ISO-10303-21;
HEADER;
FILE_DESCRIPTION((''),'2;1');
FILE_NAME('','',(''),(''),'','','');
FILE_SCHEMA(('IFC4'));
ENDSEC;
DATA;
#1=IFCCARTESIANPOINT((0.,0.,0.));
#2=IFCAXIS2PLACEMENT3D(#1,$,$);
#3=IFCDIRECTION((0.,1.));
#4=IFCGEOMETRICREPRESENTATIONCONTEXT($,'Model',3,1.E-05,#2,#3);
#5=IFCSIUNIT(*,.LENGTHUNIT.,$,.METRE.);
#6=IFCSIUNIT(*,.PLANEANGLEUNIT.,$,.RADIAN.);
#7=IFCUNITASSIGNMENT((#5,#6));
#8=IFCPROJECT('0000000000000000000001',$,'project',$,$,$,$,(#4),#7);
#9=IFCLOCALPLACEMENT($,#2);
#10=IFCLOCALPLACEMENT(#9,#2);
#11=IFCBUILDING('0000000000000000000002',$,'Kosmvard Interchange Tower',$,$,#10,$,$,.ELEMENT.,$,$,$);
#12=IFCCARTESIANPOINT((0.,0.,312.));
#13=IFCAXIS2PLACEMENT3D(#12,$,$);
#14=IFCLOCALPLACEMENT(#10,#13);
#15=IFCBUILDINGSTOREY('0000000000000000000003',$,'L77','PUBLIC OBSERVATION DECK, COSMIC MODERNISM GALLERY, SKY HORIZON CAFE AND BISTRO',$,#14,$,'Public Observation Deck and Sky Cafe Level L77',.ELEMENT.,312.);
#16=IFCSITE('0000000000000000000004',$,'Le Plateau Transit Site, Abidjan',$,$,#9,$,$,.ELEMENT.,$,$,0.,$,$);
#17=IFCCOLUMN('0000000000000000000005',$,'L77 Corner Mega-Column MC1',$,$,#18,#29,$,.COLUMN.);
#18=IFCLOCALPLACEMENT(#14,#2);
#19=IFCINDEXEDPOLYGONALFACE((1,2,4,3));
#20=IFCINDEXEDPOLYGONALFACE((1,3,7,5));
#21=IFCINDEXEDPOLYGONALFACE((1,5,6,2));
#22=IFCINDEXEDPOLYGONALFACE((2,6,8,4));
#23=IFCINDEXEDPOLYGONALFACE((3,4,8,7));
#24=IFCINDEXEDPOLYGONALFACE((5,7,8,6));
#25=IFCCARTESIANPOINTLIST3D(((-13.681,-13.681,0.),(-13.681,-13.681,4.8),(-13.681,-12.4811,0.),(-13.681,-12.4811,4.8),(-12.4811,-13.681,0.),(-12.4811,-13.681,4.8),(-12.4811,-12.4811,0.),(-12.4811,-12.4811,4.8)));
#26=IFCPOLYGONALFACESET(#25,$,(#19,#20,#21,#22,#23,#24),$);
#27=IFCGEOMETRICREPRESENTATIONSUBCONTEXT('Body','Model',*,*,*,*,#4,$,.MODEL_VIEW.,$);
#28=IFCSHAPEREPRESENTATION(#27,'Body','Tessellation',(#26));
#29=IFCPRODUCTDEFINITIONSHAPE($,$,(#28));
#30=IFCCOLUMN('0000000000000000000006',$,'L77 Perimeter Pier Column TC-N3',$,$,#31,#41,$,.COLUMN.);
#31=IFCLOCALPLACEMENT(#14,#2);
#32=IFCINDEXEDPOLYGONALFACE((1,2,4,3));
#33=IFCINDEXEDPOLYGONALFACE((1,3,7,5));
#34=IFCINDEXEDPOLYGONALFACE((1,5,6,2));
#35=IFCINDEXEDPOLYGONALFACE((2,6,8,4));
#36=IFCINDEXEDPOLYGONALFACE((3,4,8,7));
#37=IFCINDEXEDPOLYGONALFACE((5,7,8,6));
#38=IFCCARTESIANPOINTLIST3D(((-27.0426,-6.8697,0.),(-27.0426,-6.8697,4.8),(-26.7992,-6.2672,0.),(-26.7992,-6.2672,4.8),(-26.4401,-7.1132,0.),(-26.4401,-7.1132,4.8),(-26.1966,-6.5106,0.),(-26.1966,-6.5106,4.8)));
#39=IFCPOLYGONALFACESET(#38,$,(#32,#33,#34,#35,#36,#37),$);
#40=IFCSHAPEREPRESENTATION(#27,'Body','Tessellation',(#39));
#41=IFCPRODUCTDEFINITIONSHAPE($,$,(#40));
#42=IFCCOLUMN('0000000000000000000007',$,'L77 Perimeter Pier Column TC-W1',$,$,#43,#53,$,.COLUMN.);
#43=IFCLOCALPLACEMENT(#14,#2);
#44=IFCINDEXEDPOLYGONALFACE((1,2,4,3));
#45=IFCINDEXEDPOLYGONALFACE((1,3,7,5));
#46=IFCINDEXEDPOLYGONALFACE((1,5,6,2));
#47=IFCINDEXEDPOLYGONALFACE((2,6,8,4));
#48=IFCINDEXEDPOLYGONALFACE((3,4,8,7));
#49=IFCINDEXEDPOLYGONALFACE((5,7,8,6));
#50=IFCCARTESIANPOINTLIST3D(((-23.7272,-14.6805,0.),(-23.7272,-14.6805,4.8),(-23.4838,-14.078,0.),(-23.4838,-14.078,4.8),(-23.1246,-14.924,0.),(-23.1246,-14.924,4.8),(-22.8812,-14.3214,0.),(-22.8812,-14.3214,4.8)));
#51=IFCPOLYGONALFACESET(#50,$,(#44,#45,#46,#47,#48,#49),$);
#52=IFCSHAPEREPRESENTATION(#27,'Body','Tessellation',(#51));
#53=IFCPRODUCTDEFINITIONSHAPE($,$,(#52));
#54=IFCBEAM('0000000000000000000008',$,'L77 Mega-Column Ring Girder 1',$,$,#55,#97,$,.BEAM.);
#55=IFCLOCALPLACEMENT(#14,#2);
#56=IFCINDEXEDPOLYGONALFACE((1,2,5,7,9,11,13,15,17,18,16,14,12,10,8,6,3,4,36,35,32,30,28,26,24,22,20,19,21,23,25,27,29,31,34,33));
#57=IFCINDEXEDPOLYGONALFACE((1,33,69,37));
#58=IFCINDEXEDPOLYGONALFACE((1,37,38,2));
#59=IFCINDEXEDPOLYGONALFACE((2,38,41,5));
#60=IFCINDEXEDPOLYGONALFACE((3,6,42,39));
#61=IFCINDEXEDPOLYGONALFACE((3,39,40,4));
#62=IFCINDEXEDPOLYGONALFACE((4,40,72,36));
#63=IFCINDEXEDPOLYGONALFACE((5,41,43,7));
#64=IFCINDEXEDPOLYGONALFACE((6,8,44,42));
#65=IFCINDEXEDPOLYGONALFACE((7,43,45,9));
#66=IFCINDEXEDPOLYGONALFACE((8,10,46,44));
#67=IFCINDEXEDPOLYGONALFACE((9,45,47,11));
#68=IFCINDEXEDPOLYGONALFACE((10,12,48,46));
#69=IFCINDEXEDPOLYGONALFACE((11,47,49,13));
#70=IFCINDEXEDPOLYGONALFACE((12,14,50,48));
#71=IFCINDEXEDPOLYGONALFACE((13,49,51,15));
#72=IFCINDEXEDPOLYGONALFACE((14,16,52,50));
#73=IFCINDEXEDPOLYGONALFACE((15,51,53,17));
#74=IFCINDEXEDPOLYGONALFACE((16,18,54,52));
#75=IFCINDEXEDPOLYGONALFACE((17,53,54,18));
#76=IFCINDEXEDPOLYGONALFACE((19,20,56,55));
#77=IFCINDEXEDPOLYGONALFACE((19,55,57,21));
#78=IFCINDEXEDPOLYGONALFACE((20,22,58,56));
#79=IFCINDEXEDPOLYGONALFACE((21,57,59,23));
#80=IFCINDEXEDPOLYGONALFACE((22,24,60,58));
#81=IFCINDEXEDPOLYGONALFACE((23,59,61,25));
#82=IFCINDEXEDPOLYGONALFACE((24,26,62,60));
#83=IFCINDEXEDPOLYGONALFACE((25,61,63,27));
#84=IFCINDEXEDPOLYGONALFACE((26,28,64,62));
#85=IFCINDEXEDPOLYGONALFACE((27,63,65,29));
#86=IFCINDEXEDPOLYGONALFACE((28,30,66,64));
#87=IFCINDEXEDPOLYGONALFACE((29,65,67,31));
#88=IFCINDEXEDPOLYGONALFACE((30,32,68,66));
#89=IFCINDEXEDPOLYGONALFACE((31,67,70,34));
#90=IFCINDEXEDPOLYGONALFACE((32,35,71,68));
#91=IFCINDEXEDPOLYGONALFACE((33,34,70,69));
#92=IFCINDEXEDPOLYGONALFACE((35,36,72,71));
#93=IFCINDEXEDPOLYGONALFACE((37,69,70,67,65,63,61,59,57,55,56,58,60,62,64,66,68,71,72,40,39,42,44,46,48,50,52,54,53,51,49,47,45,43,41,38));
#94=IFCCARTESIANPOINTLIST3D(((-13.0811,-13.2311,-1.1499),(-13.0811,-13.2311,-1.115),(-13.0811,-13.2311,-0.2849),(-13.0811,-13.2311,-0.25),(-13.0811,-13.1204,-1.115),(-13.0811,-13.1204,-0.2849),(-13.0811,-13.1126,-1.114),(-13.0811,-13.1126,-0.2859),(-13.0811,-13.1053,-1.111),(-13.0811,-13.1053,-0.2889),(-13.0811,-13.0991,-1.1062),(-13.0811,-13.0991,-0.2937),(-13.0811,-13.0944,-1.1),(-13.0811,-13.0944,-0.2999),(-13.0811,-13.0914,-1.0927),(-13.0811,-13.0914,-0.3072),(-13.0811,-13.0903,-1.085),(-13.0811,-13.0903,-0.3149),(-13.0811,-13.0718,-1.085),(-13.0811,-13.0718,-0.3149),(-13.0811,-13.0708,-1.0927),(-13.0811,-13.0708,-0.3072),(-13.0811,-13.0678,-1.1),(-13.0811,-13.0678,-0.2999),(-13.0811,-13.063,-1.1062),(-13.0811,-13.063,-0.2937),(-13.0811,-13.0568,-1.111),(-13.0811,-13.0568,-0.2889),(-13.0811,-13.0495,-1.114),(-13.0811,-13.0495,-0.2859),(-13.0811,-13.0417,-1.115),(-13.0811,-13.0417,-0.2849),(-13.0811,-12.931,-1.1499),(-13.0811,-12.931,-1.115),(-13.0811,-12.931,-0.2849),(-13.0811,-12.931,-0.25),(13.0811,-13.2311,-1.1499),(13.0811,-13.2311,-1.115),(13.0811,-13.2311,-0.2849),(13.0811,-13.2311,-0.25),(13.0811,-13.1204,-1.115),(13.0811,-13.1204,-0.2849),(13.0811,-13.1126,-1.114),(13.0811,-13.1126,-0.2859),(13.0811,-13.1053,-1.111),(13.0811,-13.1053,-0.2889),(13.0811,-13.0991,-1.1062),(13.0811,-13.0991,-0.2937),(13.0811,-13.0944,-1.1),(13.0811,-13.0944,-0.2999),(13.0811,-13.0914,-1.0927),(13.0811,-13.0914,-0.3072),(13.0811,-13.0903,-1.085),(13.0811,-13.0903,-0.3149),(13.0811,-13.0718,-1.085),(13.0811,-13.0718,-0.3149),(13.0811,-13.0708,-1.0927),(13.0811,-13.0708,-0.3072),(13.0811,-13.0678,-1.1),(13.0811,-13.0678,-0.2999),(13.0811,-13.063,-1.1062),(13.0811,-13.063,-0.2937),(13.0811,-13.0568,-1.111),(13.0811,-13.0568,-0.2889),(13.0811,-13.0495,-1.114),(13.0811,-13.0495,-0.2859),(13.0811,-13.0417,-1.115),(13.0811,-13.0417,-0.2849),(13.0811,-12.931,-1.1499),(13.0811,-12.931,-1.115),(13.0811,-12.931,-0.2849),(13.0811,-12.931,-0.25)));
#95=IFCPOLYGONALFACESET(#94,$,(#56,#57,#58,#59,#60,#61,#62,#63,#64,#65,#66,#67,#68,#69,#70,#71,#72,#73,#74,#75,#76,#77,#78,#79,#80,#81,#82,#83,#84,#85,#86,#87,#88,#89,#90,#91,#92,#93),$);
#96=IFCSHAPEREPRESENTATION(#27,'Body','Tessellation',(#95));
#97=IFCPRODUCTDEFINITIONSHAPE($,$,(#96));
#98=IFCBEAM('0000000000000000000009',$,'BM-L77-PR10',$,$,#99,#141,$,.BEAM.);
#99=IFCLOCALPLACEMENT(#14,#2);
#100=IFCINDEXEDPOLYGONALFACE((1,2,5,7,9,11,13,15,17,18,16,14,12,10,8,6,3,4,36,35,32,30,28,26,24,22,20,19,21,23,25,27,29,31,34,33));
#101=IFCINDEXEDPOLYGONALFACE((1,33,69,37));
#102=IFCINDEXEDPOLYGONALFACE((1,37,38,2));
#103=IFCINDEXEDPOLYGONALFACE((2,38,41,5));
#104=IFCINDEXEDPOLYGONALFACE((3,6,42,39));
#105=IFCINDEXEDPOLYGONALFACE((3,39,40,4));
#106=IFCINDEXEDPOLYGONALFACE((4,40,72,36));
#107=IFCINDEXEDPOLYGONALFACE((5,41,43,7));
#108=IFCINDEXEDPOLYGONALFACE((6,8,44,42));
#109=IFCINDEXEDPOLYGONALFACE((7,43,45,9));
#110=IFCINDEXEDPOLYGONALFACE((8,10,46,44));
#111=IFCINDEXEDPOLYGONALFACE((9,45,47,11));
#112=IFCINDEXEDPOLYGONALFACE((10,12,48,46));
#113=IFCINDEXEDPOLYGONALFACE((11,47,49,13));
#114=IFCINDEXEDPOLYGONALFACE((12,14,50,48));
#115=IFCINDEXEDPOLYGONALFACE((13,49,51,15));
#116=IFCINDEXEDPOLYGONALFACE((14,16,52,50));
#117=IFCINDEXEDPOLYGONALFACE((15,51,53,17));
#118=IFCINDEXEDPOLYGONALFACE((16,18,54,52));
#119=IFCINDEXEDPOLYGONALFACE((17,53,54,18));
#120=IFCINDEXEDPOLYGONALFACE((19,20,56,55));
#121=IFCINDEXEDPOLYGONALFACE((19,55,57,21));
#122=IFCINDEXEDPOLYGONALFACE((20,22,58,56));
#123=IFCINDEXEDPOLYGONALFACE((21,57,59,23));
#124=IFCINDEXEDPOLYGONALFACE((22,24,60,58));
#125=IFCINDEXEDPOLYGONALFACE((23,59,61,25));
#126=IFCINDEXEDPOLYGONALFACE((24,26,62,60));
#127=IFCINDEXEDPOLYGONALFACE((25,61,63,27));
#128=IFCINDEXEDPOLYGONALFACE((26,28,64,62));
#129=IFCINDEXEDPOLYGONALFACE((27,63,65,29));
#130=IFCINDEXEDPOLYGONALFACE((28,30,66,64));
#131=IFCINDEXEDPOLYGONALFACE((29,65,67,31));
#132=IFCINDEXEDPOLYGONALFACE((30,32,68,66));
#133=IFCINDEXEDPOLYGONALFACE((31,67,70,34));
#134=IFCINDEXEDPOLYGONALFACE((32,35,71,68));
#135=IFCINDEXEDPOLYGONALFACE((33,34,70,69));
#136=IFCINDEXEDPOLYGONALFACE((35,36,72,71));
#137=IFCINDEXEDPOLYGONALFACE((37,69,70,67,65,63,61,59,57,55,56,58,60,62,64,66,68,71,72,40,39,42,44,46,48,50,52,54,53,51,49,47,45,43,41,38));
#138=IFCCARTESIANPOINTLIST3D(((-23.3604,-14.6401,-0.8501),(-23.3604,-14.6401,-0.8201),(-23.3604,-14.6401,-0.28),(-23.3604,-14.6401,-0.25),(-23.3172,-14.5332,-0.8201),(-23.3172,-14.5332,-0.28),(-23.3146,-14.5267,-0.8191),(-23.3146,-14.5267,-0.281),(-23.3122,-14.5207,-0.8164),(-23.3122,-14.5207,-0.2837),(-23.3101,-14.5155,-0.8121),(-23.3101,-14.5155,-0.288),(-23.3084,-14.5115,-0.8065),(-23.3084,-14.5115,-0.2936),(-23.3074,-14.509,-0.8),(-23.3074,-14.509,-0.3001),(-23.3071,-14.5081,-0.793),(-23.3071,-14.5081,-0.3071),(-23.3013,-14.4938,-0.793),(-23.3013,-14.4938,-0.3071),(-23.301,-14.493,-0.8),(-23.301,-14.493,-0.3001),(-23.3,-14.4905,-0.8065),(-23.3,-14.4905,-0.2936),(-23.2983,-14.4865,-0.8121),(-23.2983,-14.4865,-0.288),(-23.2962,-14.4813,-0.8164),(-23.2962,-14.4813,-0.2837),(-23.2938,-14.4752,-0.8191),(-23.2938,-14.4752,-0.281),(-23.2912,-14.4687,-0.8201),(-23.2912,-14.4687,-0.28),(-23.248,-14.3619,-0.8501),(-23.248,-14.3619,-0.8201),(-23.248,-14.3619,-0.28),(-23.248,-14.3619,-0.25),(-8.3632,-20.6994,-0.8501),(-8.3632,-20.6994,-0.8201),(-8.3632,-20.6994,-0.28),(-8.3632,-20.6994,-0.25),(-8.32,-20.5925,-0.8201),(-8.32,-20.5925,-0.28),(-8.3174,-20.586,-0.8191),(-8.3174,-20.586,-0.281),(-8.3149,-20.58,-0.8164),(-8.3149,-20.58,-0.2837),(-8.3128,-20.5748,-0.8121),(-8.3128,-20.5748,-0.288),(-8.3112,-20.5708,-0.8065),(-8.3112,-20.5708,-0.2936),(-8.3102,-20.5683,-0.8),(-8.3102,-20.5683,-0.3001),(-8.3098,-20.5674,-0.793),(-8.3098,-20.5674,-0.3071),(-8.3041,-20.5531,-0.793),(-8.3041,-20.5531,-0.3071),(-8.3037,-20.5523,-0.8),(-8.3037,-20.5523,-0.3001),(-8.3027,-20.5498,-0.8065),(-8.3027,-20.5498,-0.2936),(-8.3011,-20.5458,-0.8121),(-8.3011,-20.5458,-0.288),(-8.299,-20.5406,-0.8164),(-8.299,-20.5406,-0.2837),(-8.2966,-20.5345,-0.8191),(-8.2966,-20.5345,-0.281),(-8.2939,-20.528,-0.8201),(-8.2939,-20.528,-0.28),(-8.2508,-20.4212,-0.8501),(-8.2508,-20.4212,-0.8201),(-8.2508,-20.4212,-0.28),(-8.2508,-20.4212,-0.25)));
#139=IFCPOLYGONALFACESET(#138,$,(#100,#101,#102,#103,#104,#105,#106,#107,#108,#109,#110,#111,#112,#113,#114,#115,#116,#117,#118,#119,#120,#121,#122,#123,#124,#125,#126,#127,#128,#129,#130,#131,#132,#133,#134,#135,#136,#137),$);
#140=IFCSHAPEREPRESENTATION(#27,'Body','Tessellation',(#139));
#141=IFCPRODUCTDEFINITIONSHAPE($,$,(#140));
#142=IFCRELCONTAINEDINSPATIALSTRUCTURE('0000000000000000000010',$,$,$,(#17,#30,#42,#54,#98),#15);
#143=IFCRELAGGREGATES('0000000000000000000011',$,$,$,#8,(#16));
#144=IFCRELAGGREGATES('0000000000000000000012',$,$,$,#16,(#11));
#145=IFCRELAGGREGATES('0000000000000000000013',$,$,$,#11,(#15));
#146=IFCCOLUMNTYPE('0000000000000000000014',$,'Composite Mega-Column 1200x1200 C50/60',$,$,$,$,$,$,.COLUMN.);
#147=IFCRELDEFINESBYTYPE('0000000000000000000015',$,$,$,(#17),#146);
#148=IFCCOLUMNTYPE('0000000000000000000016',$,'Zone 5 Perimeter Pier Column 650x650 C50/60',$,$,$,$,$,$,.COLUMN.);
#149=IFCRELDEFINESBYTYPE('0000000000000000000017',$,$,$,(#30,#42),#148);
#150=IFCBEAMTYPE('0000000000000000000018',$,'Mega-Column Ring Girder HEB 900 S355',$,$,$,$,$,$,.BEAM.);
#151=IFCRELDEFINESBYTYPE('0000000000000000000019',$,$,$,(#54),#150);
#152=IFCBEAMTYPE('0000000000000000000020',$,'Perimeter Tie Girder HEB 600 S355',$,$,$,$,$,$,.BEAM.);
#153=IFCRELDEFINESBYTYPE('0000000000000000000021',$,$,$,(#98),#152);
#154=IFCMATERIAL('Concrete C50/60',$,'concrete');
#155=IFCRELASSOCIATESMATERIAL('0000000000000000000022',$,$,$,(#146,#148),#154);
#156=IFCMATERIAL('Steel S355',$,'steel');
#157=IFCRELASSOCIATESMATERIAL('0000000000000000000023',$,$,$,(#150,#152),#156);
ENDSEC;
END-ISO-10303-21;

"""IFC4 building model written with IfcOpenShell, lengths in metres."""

from ifc_helpers import new_model, si_unit, direction, frame, origin, origin_2d, place, context, subcontext, project, spatial, rectangle, i_section, extrude, source, transform, mapped, material, material_profile, profile_set, type_object, element, save


model = new_model("IFC4")

# Units and contexts
model_context = context("Model", 3, precision=1e-05, world=origin(), true_north=direction((0.0, 1.0)))
body_context = subcontext(model_context, "Body", "Model", "MODEL_VIEW")
ifc_project = project(units=[si_unit("LENGTHUNIT", "METRE"), si_unit("PLANEANGLEUNIT", "RADIAN")], contexts=[model_context])

# Site, building, storey
site_placement = place(None, origin())
site = spatial("IfcSite", under=ifc_project, at=site_placement, Name="Le Plateau Transit Site, Abidjan", CompositionType="ELEMENT", RefElevation=0.0)
building_placement = place(site_placement, origin())
building = spatial("IfcBuilding", under=site, at=building_placement, Name="Kosmvard Interchange Tower", CompositionType="ELEMENT")
storey_placement = place(building_placement, frame((0.0, 0.0, 312.0)))
storey = spatial("IfcBuildingStorey", under=building, at=storey_placement, Name="L77", Description="PUBLIC OBSERVATION DECK, COSMIC MODERNISM GALLERY, SKY HORIZON CAFE AND BISTRO", LongName="Public Observation Deck and Sky Cafe Level L77", CompositionType="ELEMENT", Elevation=312.0)

# Columns
ifc_material_1 = material(Name="Concrete C50/60", Category="concrete")
ifc_material_profile_1 = material_profile(ifc_material_1, rectangle(XDim=1.2, YDim=1.2, at=origin_2d()), Name="MC 1200x1200")
ifc_profile_set_1 = profile_set([ifc_material_profile_1], Name="Concrete C50/60")
column_type_1 = type_object("IfcColumnType", Name="Composite Mega-Column 1200x1200 C50/60", PredefinedType="COLUMN", material=ifc_profile_set_1)
shared_shape_1 = source(origin(), body_context, "Body", "SweptSolid", [
    extrude(rectangle(XDim=1.2, YDim=1.2, at=origin_2d()), origin(), (0.0, 0.0, 1.0), 4.8),
])
column_placement = place(storey_placement, frame((-13.0811, -13.0811, 0.0), z_axis=(0.0, 0.0, 1.0), x_axis=(1.0, 0.0, 0.0)))
element("IfcColumn", 1, at=column_placement, inside=storey, type_object=column_type_1, Name="L77 Corner Mega-Column MC1", PredefinedType="COLUMN", context=body_context, shape_type="MappedRepresentation", body=[
    mapped(shared_shape_1, transform((0.0, 0.0, 0.0), scale=1.0)),
])
ifc_material_profile_2 = material_profile(ifc_material_1, rectangle(XDim=0.6499, YDim=0.6499, at=origin_2d()), Name="TC 650x650")
ifc_profile_set_2 = profile_set([ifc_material_profile_2], Name="Concrete C50/60")
column_type_2 = type_object("IfcColumnType", Name="Zone 5 Perimeter Pier Column 650x650 C50/60", PredefinedType="COLUMN", material=ifc_profile_set_2)
shared_shape_2 = source(origin(), body_context, "Body", "SweptSolid", [
    extrude(rectangle(XDim=0.6499, YDim=0.6499, at=origin_2d()), origin(), (0.0, 0.0, 1.0), 4.8),
])
for number, where, z_axis, x_axis, name in (
    (2, (-26.6196, -6.6902, 0.0), (0.0, 0.0, 1.0), (0.374607, 0.927184, 0.0), "L77 Perimeter Pier Column TC-N3"),
    (3, (-23.3042, -14.501, 0.0), (0.0, 0.0, 1.0), (0.374607, 0.927184, 0.0), "L77 Perimeter Pier Column TC-W1"),
):
    element("IfcColumn", number, at=place(storey_placement, frame(where, z_axis=z_axis, x_axis=x_axis)), inside=storey, type_object=column_type_2, Name=name, PredefinedType="COLUMN", context=body_context, shape_type="MappedRepresentation", body=[
        mapped(shared_shape_2, transform((0.0, 0.0, 0.0), scale=1.0)),
    ])

# Beams
ifc_material_2 = material(Name="Steel S355", Category="steel")
ifc_material_profile_3 = material_profile(ifc_material_2, i_section(OverallWidth=0.3, OverallDepth=0.8999, WebThickness=0.0186, FlangeThickness=0.0349, FilletRadius=0.03, at=origin_2d()), Name="HEB 900")
ifc_profile_set_3 = profile_set([ifc_material_profile_3], Name="Steel S355")
beam_type_1 = type_object("IfcBeamType", Name="Mega-Column Ring Girder HEB 900 S355", PredefinedType="BEAM", material=ifc_profile_set_3)
shared_shape_3 = source(origin(), body_context, "Body", "SweptSolid", [
    extrude(i_section(OverallWidth=0.3, OverallDepth=0.8999, WebThickness=0.0186, FlangeThickness=0.0349, FilletRadius=0.03, at=origin_2d()), origin(), (0.0, 0.0, 1.0), 26.1621),
])
beam_1_placement = place(storey_placement, frame((-13.0811, -13.0811, -0.7), z_axis=(1.0, 0.0, 0.0), x_axis=(0.0, 1.0, 0.0)))
element("IfcBeam", 4, at=beam_1_placement, inside=storey, type_object=beam_type_1, Name="L77 Mega-Column Ring Girder 1", PredefinedType="BEAM", context=body_context, shape_type="MappedRepresentation", body=[
    mapped(shared_shape_3, transform((0.0, 0.0, 0.0), scale=1.0)),
])
ifc_material_profile_4 = material_profile(ifc_material_2, i_section(OverallWidth=0.3, OverallDepth=0.6001, WebThickness=0.0154, FlangeThickness=0.03, FilletRadius=0.0271, at=origin_2d()), Name="HEB 600")
ifc_profile_set_4 = profile_set([ifc_material_profile_4], Name="Steel S355")
beam_type_2 = type_object("IfcBeamType", Name="Perimeter Tie Girder HEB 600 S355", PredefinedType="BEAM", material=ifc_profile_set_4)
shared_shape_4 = source(origin(), body_context, "Body", "SweptSolid", [
    extrude(i_section(OverallWidth=0.3, OverallDepth=0.6001, WebThickness=0.0154, FlangeThickness=0.03, FilletRadius=0.0271, at=origin_2d()), origin(), (0.0, 0.0, 1.0), 16.175),
])
beam_2_placement = place(storey_placement, frame((-23.3042, -14.501, -0.55), z_axis=(0.927183, -0.374608, 0.0), x_axis=(0.374608, 0.927183, 0.0)))
element("IfcBeam", 5, at=beam_2_placement, inside=storey, type_object=beam_type_2, Name="BM-L77-PR10", PredefinedType="BEAM", context=body_context, shape_type="MappedRepresentation", body=[
    mapped(shared_shape_4, transform((0.0, 0.0, 0.0), scale=1.0)),
])

save(model, "model.ifc")
